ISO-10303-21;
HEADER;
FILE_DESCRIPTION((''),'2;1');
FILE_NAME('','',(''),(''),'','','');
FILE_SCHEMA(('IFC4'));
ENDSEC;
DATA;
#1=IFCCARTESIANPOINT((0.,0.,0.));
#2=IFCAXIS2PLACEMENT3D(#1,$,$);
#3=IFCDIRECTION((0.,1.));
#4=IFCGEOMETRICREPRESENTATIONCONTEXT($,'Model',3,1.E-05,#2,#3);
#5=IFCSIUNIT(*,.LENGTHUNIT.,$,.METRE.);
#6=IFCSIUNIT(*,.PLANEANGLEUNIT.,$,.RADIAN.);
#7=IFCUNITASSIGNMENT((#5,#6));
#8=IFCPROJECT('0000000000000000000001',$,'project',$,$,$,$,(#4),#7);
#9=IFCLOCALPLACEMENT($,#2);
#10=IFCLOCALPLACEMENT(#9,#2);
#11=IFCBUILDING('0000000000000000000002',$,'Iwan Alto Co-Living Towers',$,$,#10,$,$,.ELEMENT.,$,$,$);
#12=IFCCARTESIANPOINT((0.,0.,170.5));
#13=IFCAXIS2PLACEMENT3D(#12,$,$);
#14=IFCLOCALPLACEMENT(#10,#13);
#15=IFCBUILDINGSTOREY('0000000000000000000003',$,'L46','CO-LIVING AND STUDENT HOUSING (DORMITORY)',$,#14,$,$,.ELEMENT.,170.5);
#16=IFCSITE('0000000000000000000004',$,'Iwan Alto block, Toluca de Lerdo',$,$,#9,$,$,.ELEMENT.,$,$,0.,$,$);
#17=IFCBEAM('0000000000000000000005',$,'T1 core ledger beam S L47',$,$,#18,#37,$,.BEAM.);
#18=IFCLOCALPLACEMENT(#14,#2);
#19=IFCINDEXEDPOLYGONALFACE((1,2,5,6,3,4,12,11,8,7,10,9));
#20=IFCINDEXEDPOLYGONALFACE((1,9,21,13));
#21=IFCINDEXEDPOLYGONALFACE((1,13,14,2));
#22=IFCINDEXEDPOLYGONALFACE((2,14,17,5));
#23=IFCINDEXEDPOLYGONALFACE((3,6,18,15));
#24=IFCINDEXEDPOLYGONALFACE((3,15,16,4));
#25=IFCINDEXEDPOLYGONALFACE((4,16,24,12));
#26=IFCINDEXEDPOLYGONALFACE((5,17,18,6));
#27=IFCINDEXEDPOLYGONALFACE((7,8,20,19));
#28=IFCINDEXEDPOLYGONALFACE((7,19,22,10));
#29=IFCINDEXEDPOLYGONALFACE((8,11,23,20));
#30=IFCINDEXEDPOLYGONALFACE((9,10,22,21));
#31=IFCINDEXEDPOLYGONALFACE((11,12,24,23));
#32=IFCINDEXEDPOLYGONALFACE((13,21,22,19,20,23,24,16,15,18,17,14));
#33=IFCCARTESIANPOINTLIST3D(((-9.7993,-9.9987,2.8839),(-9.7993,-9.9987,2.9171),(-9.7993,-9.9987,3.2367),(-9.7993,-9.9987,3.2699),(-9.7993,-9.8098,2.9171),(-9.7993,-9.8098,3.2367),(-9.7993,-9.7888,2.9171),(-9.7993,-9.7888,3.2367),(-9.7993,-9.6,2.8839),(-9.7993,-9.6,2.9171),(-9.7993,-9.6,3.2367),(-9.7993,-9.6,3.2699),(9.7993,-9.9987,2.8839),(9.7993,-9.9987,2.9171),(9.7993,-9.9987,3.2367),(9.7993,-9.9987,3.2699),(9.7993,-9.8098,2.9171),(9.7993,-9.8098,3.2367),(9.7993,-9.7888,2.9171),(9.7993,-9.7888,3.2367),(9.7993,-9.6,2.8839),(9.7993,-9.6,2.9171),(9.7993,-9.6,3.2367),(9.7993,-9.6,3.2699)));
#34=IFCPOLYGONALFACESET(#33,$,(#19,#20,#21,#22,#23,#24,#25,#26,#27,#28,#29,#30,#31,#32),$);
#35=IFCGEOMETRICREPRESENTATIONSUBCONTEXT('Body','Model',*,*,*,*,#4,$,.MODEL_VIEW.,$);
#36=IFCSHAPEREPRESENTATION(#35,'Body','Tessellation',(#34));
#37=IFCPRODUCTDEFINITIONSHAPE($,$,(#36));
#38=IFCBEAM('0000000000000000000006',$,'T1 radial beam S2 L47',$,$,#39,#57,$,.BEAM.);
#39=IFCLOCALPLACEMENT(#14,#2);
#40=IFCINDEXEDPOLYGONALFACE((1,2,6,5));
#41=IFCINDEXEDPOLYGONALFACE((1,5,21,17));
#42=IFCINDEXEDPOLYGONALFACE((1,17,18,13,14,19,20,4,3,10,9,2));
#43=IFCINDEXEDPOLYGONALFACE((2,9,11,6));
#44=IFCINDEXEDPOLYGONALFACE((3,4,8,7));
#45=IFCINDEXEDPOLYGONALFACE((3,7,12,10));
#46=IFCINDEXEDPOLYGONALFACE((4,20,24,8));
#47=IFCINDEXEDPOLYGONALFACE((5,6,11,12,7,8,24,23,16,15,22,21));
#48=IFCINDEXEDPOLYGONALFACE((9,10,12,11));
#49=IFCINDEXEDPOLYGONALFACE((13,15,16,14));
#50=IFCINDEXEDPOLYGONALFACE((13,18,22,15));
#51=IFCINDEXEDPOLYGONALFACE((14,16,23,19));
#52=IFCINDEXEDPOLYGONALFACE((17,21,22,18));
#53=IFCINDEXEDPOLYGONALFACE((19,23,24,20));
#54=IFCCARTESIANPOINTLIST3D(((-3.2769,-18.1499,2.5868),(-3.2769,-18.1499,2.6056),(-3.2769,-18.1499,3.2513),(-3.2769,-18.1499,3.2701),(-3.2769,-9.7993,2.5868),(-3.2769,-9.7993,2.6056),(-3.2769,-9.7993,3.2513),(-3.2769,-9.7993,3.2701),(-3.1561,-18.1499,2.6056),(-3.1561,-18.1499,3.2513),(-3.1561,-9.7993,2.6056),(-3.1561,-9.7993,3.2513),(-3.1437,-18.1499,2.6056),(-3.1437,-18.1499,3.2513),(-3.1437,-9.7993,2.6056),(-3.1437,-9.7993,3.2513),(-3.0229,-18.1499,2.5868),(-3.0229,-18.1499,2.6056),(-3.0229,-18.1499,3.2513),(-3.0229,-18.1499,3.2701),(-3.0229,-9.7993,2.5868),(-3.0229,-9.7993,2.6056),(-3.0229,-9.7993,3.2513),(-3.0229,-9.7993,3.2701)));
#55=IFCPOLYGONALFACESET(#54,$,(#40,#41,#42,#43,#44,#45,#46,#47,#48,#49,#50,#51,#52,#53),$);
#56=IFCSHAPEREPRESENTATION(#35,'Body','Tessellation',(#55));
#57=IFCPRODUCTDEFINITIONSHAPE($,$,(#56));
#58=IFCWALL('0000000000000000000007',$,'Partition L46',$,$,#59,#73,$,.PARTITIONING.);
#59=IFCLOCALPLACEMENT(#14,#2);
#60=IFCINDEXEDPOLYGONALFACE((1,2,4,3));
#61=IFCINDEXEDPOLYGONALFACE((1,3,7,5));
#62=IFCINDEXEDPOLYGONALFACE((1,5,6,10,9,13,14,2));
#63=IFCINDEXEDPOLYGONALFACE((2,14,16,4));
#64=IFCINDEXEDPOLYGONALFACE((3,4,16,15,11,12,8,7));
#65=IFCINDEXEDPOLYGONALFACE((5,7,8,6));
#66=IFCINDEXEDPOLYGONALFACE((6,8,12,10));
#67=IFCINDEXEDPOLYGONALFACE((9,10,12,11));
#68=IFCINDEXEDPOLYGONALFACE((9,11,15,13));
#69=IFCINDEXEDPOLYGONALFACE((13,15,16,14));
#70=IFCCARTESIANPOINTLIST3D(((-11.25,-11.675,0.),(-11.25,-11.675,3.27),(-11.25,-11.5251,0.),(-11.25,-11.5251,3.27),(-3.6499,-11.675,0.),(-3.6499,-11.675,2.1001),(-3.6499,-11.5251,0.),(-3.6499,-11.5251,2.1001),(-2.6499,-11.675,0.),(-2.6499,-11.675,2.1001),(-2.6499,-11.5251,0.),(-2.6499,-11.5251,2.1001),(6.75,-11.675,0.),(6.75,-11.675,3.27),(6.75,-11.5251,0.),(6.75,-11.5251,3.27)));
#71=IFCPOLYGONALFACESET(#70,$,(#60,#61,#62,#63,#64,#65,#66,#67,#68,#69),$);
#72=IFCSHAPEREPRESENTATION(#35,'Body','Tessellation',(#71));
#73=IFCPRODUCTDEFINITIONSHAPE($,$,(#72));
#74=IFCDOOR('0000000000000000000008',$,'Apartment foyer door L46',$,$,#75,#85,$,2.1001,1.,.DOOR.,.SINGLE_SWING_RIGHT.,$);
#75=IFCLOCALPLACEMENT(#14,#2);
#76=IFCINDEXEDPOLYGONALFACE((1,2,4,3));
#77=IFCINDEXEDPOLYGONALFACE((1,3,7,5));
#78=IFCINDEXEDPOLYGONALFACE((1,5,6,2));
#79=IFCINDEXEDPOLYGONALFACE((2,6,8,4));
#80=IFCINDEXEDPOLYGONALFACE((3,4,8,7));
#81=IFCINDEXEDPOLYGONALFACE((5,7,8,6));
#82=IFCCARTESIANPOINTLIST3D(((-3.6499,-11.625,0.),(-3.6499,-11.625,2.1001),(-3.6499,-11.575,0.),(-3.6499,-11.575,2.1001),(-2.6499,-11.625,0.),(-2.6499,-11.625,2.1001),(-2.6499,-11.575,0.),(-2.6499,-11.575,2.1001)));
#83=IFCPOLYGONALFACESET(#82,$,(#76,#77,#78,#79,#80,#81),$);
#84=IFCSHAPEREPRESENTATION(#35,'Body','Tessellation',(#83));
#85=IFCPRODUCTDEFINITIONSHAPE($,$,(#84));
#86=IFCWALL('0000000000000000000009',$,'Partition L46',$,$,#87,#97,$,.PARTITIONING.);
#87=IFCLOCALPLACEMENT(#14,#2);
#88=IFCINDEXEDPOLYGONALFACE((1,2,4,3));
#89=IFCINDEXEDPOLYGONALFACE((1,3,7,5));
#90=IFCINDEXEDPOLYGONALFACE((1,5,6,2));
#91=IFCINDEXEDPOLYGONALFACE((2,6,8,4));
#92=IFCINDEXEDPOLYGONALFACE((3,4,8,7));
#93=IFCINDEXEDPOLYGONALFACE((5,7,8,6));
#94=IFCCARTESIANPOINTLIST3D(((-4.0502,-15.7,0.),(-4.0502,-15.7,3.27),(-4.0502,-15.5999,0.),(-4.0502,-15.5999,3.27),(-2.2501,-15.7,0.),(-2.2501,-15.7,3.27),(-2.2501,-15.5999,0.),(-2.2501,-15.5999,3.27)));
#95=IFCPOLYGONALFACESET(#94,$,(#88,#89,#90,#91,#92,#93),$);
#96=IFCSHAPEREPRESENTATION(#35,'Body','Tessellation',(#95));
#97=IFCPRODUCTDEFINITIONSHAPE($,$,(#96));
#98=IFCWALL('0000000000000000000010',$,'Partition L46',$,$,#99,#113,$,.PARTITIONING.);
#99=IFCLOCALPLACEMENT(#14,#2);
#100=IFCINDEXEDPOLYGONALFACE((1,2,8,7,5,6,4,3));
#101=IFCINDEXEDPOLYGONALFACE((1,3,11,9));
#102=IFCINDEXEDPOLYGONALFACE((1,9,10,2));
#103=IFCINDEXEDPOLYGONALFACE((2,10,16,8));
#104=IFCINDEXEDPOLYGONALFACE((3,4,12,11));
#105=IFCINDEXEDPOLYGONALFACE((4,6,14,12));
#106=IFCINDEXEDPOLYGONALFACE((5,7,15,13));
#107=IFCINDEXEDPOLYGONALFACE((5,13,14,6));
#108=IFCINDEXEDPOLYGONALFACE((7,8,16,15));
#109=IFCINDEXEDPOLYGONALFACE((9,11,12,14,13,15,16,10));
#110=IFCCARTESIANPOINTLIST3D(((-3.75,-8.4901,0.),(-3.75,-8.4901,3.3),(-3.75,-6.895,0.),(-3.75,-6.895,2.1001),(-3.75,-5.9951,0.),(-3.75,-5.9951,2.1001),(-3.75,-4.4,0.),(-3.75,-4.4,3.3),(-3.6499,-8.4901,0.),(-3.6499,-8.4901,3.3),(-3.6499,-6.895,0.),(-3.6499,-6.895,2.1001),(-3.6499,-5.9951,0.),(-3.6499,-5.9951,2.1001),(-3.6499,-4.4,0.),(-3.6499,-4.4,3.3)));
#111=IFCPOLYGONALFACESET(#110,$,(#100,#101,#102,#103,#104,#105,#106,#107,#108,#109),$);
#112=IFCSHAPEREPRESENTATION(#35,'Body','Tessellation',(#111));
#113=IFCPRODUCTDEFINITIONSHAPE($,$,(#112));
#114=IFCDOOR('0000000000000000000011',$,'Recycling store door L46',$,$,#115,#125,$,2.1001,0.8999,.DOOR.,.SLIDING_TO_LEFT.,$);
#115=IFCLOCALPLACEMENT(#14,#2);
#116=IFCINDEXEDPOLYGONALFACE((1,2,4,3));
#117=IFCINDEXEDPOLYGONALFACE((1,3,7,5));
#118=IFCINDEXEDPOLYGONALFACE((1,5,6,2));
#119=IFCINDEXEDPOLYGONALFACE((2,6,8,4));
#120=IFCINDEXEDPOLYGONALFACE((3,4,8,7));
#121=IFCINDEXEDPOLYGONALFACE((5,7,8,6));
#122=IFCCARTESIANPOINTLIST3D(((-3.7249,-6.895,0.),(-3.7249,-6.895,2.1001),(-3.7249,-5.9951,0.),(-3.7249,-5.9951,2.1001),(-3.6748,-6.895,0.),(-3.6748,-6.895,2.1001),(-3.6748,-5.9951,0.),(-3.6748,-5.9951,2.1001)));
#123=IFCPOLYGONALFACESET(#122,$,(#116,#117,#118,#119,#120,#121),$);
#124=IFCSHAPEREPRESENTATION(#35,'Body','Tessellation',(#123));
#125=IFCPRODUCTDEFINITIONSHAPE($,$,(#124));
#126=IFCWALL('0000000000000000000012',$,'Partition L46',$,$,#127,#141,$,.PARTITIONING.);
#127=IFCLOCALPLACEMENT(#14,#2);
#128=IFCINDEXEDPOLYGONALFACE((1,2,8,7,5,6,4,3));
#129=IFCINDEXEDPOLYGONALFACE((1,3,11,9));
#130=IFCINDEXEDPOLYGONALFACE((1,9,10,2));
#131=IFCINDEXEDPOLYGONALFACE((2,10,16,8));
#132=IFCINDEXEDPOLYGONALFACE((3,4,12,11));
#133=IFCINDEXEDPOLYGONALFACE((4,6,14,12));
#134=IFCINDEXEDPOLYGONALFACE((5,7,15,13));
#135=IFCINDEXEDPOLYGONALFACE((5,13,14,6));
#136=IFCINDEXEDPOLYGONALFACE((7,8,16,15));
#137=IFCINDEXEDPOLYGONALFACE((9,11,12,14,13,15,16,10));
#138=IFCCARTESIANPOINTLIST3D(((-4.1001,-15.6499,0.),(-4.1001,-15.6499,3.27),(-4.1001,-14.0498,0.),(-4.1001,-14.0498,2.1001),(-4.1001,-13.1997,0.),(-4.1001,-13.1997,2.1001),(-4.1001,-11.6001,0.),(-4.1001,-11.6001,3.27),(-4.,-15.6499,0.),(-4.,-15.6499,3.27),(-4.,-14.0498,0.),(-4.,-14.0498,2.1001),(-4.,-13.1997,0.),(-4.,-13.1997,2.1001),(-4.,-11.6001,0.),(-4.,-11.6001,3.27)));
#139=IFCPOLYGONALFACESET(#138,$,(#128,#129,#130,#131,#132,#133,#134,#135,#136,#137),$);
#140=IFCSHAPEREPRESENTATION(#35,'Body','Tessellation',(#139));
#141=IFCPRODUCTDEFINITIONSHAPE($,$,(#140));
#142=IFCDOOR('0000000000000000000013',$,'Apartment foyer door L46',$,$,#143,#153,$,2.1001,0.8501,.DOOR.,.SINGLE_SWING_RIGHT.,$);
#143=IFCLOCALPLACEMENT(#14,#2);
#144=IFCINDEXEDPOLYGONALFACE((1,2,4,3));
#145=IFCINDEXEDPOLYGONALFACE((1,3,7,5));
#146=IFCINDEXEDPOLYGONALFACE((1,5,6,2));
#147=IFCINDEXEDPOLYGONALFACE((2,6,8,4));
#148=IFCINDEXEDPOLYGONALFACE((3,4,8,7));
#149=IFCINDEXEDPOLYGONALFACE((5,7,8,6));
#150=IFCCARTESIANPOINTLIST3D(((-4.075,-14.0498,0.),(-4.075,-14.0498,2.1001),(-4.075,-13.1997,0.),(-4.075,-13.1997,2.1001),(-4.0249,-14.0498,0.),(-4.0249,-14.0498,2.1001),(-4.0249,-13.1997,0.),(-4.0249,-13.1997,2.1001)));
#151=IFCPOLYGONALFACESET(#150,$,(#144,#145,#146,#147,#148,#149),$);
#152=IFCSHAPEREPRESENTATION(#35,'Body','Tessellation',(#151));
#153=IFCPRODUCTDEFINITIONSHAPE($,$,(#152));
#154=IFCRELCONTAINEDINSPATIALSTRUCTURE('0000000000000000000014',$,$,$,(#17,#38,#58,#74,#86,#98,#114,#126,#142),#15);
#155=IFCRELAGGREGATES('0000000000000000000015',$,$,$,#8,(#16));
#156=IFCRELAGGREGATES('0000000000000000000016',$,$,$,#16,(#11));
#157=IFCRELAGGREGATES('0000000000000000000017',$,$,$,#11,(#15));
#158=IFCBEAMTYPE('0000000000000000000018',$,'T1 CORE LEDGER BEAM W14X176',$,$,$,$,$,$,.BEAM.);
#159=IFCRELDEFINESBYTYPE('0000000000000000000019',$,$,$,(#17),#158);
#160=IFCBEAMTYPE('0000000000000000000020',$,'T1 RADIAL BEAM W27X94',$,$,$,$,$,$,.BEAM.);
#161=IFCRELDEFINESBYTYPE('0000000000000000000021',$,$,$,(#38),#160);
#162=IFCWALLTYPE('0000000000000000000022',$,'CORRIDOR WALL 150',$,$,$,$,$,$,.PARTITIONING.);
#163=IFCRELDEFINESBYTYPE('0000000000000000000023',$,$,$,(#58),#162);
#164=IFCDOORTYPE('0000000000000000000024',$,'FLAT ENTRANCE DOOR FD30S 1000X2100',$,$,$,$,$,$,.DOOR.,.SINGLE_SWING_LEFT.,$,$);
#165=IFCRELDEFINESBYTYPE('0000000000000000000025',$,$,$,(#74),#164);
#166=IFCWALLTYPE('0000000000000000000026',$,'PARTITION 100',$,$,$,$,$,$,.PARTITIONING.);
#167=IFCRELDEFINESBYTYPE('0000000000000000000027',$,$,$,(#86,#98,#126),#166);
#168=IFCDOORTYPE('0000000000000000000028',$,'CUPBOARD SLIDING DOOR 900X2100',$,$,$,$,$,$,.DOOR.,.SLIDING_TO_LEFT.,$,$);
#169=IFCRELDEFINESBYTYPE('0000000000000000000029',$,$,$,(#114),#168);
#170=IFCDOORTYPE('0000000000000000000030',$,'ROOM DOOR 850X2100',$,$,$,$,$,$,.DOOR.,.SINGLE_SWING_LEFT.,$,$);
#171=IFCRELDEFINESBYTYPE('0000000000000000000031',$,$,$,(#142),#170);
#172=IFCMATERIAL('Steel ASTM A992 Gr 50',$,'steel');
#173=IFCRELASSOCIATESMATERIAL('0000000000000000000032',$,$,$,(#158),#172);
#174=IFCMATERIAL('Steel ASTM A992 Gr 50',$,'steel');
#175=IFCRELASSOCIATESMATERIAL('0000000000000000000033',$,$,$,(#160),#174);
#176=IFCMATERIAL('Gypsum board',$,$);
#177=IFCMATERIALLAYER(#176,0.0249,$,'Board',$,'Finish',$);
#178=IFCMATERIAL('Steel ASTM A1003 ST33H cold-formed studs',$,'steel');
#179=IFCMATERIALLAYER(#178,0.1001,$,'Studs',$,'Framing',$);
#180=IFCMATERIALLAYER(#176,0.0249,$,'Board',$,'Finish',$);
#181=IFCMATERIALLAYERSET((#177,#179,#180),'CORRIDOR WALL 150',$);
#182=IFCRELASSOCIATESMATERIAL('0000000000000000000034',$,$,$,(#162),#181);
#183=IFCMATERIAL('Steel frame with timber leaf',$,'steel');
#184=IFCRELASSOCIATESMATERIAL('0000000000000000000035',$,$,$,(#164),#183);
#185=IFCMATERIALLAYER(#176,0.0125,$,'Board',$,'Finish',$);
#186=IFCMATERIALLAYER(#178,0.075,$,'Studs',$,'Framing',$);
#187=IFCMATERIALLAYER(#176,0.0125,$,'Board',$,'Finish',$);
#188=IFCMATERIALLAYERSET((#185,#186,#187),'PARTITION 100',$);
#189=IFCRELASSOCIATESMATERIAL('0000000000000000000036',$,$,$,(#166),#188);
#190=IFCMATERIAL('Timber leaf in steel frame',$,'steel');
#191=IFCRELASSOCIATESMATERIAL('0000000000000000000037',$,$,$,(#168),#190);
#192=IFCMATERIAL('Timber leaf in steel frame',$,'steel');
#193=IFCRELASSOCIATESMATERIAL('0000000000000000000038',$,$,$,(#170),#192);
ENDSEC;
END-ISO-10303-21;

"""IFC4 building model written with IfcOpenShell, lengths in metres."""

from ifc_helpers import new_model, si_unit, direction, frame, frame_2d, origin, origin_2d, place, context, subcontext, project, spatial, rectangle, i_section, extrude, material, layer, layer_set, material_profile, profile_set, type_object, element, fill, save


model = new_model("IFC4")

# Units and contexts
model_context = context("Model", 3, precision=1e-05, world=origin(), true_north=direction((0.0, 1.0)))
body_context = subcontext(model_context, "Body", "Model", "MODEL_VIEW")
ifc_project = project(units=[si_unit("LENGTHUNIT", "METRE"), si_unit("PLANEANGLEUNIT", "RADIAN")], contexts=[model_context])

# Site, building, storey
site_placement = place(None, origin())
site = spatial("IfcSite", under=ifc_project, at=site_placement, Name="Iwan Alto block, Toluca de Lerdo", CompositionType="ELEMENT", RefElevation=0.0)
building_placement = place(site_placement, origin())
building = spatial("IfcBuilding", under=site, at=building_placement, Name="Iwan Alto Co-Living Towers", CompositionType="ELEMENT")
storey_placement = place(building_placement, frame((0.0, 0.0, 170.5)))
storey = spatial("IfcBuildingStorey", under=building, at=storey_placement, Name="L46", Description="CO-LIVING AND STUDENT HOUSING (DORMITORY)", CompositionType="ELEMENT", Elevation=170.5)

# Beams
ifc_material_1 = material(Name="Steel ASTM A992 Gr 50", Category="steel")
ifc_material_profile_1 = material_profile(ifc_material_1, i_section(OverallWidth=0.3987, OverallDepth=0.386, WebThickness=0.021, FlangeThickness=0.0332, at=origin_2d()), Name="W14X176")
ifc_profile_set_1 = profile_set([ifc_material_profile_1], Name="Steel ASTM A992 Gr 50")
beam_type_1 = type_object("IfcBeamType", Name="T1 CORE LEDGER BEAM W14X176", PredefinedType="BEAM", material=ifc_profile_set_1)
beam_1_placement = place(storey_placement, frame((-9.7993, -9.7993, 3.0769), z_axis=(1.0, 0.0, 0.0), x_axis=(0.0, 1.0, 0.0)))
element("IfcBeam", 1, at=beam_1_placement, inside=storey, type_object=beam_type_1, Name="T1 core ledger beam S L47", PredefinedType="BEAM", context=body_context, shape_type="SweptSolid", body=[
    extrude(i_section(OverallWidth=0.3987, OverallDepth=0.386, WebThickness=0.021, FlangeThickness=0.0332, at=origin_2d()), origin(), (0.0, 0.0, 1.0), 19.5986),
])
ifc_material_2 = material(Name="Steel ASTM A992 Gr 50", Category="steel")
ifc_material_profile_2 = material_profile(ifc_material_2, i_section(OverallWidth=0.2539, OverallDepth=0.6833, WebThickness=0.0125, FlangeThickness=0.0188, at=origin_2d()), Name="W27X94")
ifc_profile_set_2 = profile_set([ifc_material_profile_2], Name="Steel ASTM A992 Gr 50")
beam_type_2 = type_object("IfcBeamType", Name="T1 RADIAL BEAM W27X94", PredefinedType="BEAM", material=ifc_profile_set_2)
beam_2_placement = place(storey_placement, frame((-3.1499, -18.1499, 2.9285), z_axis=(0.0, 1.0, 0.0), x_axis=(-1.0, 0.0, 0.0)))
element("IfcBeam", 2, at=beam_2_placement, inside=storey, type_object=beam_type_2, Name="T1 radial beam S2 L47", PredefinedType="BEAM", context=body_context, shape_type="SweptSolid", body=[
    extrude(i_section(OverallWidth=0.2539, OverallDepth=0.6833, WebThickness=0.0125, FlangeThickness=0.0188, at=origin_2d()), origin(), (0.0, 0.0, 1.0), 8.3506),
])

# Wall, opening, door
ifc_material_3 = material(Name="Gypsum board")
ifc_layer_1 = layer(ifc_material_3, 0.0249, Name="Board", Category="Finish")
ifc_material_4 = material(Name="Steel ASTM A1003 ST33H cold-formed studs", Category="steel")
ifc_layer_2 = layer(ifc_material_4, 0.1001, Name="Studs", Category="Framing")
ifc_layer_3 = layer(ifc_material_3, 0.0249, Name="Board", Category="Finish")
ifc_layer_set_1 = layer_set([ifc_layer_1, ifc_layer_2, ifc_layer_3], Name="CORRIDOR WALL 150")
wall_type_1 = type_object("IfcWallType", Name="CORRIDOR WALL 150", PredefinedType="PARTITIONING", material=ifc_layer_set_1)
wall_1_placement = place(storey_placement, frame((-11.25, -11.6001, 0.0), z_axis=(0.0, 0.0, 1.0), x_axis=(1.0, 0.0, 0.0)))
wall_1 = element("IfcWall", 3, at=wall_1_placement, inside=storey, type_object=wall_type_1, Name="Partition L46", PredefinedType="PARTITIONING", context=body_context, shape_type="SweptSolid", body=[
    extrude(rectangle(XDim=18.0, YDim=0.1499, at=frame_2d((9.0, 0.0))), origin(), (0.0, 0.0, 1.0), 3.27),
])
opening_1_placement = place(wall_1_placement, frame((7.6001, 0.0, 0.0)))
opening_1 = element("IfcOpeningElement", 4, at=opening_1_placement, cuts=wall_1, PredefinedType="OPENING", context=body_context, shape_type="SweptSolid", body=[
    extrude(rectangle(XDim=1.0, YDim=2.1001, at=frame_2d((0.5, 1.05))), frame((0.0, 0.085, 0.0), z_axis=(0.0, -1.0, 0.0), x_axis=(1.0, 0.0, 0.0)), (0.0, 0.0, 1.0), 0.1699),
])
ifc_material_5 = material(Name="Steel frame with timber leaf", Category="steel")
door_type_1 = type_object("IfcDoorType", Name="FLAT ENTRANCE DOOR FD30S 1000X2100", OperationType="SINGLE_SWING_LEFT", PredefinedType="DOOR", material=ifc_material_5)
door_1_placement = place(opening_1_placement, frame((1.0, 0.0, 0.0), z_axis=(0.0, 0.0, 1.0), x_axis=(-1.0, 0.0, 0.0)))
door_1 = element("IfcDoor", 5, at=door_1_placement, inside=storey, type_object=door_type_1, Name="Apartment foyer door L46", OperationType="SINGLE_SWING_RIGHT", OverallHeight=2.1001, OverallWidth=1.0, PredefinedType="DOOR", context=body_context, shape_type="SweptSolid", body=[
    extrude(rectangle(XDim=1.0, YDim=2.1001, at=frame_2d((0.5, 1.05))), frame((0.0, 0.0249, 0.0), z_axis=(0.0, -1.0, 0.0), x_axis=(1.0, 0.0, 0.0)), (0.0, 0.0, 1.0), 0.05),
])
fill(opening_1, door_1)

# Wall
ifc_layer_4 = layer(ifc_material_3, 0.0125, Name="Board", Category="Finish")
ifc_layer_5 = layer(ifc_material_4, 0.075, Name="Studs", Category="Framing")
ifc_layer_6 = layer(ifc_material_3, 0.0125, Name="Board", Category="Finish")
ifc_layer_set_2 = layer_set([ifc_layer_4, ifc_layer_5, ifc_layer_6], Name="PARTITION 100")
wall_type_2 = type_object("IfcWallType", Name="PARTITION 100", PredefinedType="PARTITIONING", material=ifc_layer_set_2)
wall_2_placement = place(storey_placement, frame((-4.05, -15.6499, 0.0), z_axis=(0.0, 0.0, 1.0), x_axis=(1.0, 0.0, 0.0)))
element("IfcWall", 6, at=wall_2_placement, inside=storey, type_object=wall_type_2, Name="Partition L46", PredefinedType="PARTITIONING", context=body_context, shape_type="SweptSolid", body=[
    extrude(rectangle(XDim=1.8, YDim=0.1001, at=frame_2d((0.8999, 0.0))), origin(), (0.0, 0.0, 1.0), 3.27),
])

# Walls, openings, doors
wall_3_placement = place(storey_placement, frame((-3.7, -8.49, 0.0), z_axis=(0.0, 0.0, 1.0), x_axis=(0.0, 1.0, 0.0)))
wall_3 = element("IfcWall", 7, at=wall_3_placement, inside=storey, type_object=wall_type_2, Name="Partition L46", PredefinedType="PARTITIONING", context=body_context, shape_type="SweptSolid", body=[
    extrude(rectangle(XDim=4.0901, YDim=0.1001, at=frame_2d((2.0449, 0.0))), origin(), (0.0, 0.0, 1.0), 3.3),
])
opening_2_placement = place(wall_3_placement, frame((1.595, 0.0, 0.0)))
opening_2 = element("IfcOpeningElement", 8, at=opening_2_placement, cuts=wall_3, PredefinedType="OPENING", context=body_context, shape_type="SweptSolid", body=[
    extrude(rectangle(XDim=0.8999, YDim=2.1001, at=frame_2d((0.45, 1.05))), frame((0.0, 0.0601, 0.0), z_axis=(0.0, -1.0, 0.0), x_axis=(1.0, 0.0, 0.0)), (0.0, 0.0, 1.0), 0.1201),
])
ifc_material_6 = material(Name="Timber leaf in steel frame", Category="steel")
door_type_2 = type_object("IfcDoorType", Name="CUPBOARD SLIDING DOOR 900X2100", OperationType="SLIDING_TO_LEFT", PredefinedType="DOOR", material=ifc_material_6)
door_2_placement = place(opening_2_placement, origin())
door_2 = element("IfcDoor", 9, at=door_2_placement, inside=storey, type_object=door_type_2, Name="Recycling store door L46", OperationType="SLIDING_TO_LEFT", OverallHeight=2.1001, OverallWidth=0.8999, PredefinedType="DOOR", context=body_context, shape_type="SweptSolid", body=[
    extrude(rectangle(XDim=0.8999, YDim=2.1001, at=frame_2d((0.45, 1.05))), frame((0.0, 0.0249, 0.0), z_axis=(0.0, -1.0, 0.0), x_axis=(1.0, 0.0, 0.0)), (0.0, 0.0, 1.0), 0.05),
])
fill(opening_2, door_2)
wall_4_placement = place(storey_placement, frame((-4.05, -15.6499, 0.0), z_axis=(0.0, 0.0, 1.0), x_axis=(0.0, 1.0, 0.0)))
wall_4 = element("IfcWall", 10, at=wall_4_placement, inside=storey, type_object=wall_type_2, Name="Partition L46", PredefinedType="PARTITIONING", context=body_context, shape_type="SweptSolid", body=[
    extrude(rectangle(XDim=4.0498, YDim=0.1001, at=frame_2d((2.0249, 0.0))), origin(), (0.0, 0.0, 1.0), 3.27),
])
opening_3_placement = place(wall_4_placement, frame((1.6001, 0.0, 0.0)))
opening_3 = element("IfcOpeningElement", 11, at=opening_3_placement, cuts=wall_4, PredefinedType="OPENING", context=body_context, shape_type="SweptSolid", body=[
    extrude(rectangle(XDim=0.8501, YDim=2.1001, at=frame_2d((0.425, 1.05))), frame((0.0, 0.0601, 0.0), z_axis=(0.0, -1.0, 0.0), x_axis=(1.0, 0.0, 0.0)), (0.0, 0.0, 1.0), 0.1201),
])
ifc_material_7 = material(Name="Timber leaf in steel frame", Category="steel")
door_type_3 = type_object("IfcDoorType", Name="ROOM DOOR 850X2100", OperationType="SINGLE_SWING_LEFT", PredefinedType="DOOR", material=ifc_material_7)
door_3_placement = place(opening_3_placement, origin())
door_3 = element("IfcDoor", 12, at=door_3_placement, inside=storey, type_object=door_type_3, Name="Apartment foyer door L46", OperationType="SINGLE_SWING_RIGHT", OverallHeight=2.1001, OverallWidth=0.8501, PredefinedType="DOOR", context=body_context, shape_type="SweptSolid", body=[
    extrude(rectangle(XDim=0.8501, YDim=2.1001, at=frame_2d((0.425, 1.05))), frame((0.0, 0.0249, 0.0), z_axis=(0.0, -1.0, 0.0), x_axis=(1.0, 0.0, 0.0)), (0.0, 0.0, 1.0), 0.05),
])
fill(opening_3, door_3)

save(model, "model.ifc")
